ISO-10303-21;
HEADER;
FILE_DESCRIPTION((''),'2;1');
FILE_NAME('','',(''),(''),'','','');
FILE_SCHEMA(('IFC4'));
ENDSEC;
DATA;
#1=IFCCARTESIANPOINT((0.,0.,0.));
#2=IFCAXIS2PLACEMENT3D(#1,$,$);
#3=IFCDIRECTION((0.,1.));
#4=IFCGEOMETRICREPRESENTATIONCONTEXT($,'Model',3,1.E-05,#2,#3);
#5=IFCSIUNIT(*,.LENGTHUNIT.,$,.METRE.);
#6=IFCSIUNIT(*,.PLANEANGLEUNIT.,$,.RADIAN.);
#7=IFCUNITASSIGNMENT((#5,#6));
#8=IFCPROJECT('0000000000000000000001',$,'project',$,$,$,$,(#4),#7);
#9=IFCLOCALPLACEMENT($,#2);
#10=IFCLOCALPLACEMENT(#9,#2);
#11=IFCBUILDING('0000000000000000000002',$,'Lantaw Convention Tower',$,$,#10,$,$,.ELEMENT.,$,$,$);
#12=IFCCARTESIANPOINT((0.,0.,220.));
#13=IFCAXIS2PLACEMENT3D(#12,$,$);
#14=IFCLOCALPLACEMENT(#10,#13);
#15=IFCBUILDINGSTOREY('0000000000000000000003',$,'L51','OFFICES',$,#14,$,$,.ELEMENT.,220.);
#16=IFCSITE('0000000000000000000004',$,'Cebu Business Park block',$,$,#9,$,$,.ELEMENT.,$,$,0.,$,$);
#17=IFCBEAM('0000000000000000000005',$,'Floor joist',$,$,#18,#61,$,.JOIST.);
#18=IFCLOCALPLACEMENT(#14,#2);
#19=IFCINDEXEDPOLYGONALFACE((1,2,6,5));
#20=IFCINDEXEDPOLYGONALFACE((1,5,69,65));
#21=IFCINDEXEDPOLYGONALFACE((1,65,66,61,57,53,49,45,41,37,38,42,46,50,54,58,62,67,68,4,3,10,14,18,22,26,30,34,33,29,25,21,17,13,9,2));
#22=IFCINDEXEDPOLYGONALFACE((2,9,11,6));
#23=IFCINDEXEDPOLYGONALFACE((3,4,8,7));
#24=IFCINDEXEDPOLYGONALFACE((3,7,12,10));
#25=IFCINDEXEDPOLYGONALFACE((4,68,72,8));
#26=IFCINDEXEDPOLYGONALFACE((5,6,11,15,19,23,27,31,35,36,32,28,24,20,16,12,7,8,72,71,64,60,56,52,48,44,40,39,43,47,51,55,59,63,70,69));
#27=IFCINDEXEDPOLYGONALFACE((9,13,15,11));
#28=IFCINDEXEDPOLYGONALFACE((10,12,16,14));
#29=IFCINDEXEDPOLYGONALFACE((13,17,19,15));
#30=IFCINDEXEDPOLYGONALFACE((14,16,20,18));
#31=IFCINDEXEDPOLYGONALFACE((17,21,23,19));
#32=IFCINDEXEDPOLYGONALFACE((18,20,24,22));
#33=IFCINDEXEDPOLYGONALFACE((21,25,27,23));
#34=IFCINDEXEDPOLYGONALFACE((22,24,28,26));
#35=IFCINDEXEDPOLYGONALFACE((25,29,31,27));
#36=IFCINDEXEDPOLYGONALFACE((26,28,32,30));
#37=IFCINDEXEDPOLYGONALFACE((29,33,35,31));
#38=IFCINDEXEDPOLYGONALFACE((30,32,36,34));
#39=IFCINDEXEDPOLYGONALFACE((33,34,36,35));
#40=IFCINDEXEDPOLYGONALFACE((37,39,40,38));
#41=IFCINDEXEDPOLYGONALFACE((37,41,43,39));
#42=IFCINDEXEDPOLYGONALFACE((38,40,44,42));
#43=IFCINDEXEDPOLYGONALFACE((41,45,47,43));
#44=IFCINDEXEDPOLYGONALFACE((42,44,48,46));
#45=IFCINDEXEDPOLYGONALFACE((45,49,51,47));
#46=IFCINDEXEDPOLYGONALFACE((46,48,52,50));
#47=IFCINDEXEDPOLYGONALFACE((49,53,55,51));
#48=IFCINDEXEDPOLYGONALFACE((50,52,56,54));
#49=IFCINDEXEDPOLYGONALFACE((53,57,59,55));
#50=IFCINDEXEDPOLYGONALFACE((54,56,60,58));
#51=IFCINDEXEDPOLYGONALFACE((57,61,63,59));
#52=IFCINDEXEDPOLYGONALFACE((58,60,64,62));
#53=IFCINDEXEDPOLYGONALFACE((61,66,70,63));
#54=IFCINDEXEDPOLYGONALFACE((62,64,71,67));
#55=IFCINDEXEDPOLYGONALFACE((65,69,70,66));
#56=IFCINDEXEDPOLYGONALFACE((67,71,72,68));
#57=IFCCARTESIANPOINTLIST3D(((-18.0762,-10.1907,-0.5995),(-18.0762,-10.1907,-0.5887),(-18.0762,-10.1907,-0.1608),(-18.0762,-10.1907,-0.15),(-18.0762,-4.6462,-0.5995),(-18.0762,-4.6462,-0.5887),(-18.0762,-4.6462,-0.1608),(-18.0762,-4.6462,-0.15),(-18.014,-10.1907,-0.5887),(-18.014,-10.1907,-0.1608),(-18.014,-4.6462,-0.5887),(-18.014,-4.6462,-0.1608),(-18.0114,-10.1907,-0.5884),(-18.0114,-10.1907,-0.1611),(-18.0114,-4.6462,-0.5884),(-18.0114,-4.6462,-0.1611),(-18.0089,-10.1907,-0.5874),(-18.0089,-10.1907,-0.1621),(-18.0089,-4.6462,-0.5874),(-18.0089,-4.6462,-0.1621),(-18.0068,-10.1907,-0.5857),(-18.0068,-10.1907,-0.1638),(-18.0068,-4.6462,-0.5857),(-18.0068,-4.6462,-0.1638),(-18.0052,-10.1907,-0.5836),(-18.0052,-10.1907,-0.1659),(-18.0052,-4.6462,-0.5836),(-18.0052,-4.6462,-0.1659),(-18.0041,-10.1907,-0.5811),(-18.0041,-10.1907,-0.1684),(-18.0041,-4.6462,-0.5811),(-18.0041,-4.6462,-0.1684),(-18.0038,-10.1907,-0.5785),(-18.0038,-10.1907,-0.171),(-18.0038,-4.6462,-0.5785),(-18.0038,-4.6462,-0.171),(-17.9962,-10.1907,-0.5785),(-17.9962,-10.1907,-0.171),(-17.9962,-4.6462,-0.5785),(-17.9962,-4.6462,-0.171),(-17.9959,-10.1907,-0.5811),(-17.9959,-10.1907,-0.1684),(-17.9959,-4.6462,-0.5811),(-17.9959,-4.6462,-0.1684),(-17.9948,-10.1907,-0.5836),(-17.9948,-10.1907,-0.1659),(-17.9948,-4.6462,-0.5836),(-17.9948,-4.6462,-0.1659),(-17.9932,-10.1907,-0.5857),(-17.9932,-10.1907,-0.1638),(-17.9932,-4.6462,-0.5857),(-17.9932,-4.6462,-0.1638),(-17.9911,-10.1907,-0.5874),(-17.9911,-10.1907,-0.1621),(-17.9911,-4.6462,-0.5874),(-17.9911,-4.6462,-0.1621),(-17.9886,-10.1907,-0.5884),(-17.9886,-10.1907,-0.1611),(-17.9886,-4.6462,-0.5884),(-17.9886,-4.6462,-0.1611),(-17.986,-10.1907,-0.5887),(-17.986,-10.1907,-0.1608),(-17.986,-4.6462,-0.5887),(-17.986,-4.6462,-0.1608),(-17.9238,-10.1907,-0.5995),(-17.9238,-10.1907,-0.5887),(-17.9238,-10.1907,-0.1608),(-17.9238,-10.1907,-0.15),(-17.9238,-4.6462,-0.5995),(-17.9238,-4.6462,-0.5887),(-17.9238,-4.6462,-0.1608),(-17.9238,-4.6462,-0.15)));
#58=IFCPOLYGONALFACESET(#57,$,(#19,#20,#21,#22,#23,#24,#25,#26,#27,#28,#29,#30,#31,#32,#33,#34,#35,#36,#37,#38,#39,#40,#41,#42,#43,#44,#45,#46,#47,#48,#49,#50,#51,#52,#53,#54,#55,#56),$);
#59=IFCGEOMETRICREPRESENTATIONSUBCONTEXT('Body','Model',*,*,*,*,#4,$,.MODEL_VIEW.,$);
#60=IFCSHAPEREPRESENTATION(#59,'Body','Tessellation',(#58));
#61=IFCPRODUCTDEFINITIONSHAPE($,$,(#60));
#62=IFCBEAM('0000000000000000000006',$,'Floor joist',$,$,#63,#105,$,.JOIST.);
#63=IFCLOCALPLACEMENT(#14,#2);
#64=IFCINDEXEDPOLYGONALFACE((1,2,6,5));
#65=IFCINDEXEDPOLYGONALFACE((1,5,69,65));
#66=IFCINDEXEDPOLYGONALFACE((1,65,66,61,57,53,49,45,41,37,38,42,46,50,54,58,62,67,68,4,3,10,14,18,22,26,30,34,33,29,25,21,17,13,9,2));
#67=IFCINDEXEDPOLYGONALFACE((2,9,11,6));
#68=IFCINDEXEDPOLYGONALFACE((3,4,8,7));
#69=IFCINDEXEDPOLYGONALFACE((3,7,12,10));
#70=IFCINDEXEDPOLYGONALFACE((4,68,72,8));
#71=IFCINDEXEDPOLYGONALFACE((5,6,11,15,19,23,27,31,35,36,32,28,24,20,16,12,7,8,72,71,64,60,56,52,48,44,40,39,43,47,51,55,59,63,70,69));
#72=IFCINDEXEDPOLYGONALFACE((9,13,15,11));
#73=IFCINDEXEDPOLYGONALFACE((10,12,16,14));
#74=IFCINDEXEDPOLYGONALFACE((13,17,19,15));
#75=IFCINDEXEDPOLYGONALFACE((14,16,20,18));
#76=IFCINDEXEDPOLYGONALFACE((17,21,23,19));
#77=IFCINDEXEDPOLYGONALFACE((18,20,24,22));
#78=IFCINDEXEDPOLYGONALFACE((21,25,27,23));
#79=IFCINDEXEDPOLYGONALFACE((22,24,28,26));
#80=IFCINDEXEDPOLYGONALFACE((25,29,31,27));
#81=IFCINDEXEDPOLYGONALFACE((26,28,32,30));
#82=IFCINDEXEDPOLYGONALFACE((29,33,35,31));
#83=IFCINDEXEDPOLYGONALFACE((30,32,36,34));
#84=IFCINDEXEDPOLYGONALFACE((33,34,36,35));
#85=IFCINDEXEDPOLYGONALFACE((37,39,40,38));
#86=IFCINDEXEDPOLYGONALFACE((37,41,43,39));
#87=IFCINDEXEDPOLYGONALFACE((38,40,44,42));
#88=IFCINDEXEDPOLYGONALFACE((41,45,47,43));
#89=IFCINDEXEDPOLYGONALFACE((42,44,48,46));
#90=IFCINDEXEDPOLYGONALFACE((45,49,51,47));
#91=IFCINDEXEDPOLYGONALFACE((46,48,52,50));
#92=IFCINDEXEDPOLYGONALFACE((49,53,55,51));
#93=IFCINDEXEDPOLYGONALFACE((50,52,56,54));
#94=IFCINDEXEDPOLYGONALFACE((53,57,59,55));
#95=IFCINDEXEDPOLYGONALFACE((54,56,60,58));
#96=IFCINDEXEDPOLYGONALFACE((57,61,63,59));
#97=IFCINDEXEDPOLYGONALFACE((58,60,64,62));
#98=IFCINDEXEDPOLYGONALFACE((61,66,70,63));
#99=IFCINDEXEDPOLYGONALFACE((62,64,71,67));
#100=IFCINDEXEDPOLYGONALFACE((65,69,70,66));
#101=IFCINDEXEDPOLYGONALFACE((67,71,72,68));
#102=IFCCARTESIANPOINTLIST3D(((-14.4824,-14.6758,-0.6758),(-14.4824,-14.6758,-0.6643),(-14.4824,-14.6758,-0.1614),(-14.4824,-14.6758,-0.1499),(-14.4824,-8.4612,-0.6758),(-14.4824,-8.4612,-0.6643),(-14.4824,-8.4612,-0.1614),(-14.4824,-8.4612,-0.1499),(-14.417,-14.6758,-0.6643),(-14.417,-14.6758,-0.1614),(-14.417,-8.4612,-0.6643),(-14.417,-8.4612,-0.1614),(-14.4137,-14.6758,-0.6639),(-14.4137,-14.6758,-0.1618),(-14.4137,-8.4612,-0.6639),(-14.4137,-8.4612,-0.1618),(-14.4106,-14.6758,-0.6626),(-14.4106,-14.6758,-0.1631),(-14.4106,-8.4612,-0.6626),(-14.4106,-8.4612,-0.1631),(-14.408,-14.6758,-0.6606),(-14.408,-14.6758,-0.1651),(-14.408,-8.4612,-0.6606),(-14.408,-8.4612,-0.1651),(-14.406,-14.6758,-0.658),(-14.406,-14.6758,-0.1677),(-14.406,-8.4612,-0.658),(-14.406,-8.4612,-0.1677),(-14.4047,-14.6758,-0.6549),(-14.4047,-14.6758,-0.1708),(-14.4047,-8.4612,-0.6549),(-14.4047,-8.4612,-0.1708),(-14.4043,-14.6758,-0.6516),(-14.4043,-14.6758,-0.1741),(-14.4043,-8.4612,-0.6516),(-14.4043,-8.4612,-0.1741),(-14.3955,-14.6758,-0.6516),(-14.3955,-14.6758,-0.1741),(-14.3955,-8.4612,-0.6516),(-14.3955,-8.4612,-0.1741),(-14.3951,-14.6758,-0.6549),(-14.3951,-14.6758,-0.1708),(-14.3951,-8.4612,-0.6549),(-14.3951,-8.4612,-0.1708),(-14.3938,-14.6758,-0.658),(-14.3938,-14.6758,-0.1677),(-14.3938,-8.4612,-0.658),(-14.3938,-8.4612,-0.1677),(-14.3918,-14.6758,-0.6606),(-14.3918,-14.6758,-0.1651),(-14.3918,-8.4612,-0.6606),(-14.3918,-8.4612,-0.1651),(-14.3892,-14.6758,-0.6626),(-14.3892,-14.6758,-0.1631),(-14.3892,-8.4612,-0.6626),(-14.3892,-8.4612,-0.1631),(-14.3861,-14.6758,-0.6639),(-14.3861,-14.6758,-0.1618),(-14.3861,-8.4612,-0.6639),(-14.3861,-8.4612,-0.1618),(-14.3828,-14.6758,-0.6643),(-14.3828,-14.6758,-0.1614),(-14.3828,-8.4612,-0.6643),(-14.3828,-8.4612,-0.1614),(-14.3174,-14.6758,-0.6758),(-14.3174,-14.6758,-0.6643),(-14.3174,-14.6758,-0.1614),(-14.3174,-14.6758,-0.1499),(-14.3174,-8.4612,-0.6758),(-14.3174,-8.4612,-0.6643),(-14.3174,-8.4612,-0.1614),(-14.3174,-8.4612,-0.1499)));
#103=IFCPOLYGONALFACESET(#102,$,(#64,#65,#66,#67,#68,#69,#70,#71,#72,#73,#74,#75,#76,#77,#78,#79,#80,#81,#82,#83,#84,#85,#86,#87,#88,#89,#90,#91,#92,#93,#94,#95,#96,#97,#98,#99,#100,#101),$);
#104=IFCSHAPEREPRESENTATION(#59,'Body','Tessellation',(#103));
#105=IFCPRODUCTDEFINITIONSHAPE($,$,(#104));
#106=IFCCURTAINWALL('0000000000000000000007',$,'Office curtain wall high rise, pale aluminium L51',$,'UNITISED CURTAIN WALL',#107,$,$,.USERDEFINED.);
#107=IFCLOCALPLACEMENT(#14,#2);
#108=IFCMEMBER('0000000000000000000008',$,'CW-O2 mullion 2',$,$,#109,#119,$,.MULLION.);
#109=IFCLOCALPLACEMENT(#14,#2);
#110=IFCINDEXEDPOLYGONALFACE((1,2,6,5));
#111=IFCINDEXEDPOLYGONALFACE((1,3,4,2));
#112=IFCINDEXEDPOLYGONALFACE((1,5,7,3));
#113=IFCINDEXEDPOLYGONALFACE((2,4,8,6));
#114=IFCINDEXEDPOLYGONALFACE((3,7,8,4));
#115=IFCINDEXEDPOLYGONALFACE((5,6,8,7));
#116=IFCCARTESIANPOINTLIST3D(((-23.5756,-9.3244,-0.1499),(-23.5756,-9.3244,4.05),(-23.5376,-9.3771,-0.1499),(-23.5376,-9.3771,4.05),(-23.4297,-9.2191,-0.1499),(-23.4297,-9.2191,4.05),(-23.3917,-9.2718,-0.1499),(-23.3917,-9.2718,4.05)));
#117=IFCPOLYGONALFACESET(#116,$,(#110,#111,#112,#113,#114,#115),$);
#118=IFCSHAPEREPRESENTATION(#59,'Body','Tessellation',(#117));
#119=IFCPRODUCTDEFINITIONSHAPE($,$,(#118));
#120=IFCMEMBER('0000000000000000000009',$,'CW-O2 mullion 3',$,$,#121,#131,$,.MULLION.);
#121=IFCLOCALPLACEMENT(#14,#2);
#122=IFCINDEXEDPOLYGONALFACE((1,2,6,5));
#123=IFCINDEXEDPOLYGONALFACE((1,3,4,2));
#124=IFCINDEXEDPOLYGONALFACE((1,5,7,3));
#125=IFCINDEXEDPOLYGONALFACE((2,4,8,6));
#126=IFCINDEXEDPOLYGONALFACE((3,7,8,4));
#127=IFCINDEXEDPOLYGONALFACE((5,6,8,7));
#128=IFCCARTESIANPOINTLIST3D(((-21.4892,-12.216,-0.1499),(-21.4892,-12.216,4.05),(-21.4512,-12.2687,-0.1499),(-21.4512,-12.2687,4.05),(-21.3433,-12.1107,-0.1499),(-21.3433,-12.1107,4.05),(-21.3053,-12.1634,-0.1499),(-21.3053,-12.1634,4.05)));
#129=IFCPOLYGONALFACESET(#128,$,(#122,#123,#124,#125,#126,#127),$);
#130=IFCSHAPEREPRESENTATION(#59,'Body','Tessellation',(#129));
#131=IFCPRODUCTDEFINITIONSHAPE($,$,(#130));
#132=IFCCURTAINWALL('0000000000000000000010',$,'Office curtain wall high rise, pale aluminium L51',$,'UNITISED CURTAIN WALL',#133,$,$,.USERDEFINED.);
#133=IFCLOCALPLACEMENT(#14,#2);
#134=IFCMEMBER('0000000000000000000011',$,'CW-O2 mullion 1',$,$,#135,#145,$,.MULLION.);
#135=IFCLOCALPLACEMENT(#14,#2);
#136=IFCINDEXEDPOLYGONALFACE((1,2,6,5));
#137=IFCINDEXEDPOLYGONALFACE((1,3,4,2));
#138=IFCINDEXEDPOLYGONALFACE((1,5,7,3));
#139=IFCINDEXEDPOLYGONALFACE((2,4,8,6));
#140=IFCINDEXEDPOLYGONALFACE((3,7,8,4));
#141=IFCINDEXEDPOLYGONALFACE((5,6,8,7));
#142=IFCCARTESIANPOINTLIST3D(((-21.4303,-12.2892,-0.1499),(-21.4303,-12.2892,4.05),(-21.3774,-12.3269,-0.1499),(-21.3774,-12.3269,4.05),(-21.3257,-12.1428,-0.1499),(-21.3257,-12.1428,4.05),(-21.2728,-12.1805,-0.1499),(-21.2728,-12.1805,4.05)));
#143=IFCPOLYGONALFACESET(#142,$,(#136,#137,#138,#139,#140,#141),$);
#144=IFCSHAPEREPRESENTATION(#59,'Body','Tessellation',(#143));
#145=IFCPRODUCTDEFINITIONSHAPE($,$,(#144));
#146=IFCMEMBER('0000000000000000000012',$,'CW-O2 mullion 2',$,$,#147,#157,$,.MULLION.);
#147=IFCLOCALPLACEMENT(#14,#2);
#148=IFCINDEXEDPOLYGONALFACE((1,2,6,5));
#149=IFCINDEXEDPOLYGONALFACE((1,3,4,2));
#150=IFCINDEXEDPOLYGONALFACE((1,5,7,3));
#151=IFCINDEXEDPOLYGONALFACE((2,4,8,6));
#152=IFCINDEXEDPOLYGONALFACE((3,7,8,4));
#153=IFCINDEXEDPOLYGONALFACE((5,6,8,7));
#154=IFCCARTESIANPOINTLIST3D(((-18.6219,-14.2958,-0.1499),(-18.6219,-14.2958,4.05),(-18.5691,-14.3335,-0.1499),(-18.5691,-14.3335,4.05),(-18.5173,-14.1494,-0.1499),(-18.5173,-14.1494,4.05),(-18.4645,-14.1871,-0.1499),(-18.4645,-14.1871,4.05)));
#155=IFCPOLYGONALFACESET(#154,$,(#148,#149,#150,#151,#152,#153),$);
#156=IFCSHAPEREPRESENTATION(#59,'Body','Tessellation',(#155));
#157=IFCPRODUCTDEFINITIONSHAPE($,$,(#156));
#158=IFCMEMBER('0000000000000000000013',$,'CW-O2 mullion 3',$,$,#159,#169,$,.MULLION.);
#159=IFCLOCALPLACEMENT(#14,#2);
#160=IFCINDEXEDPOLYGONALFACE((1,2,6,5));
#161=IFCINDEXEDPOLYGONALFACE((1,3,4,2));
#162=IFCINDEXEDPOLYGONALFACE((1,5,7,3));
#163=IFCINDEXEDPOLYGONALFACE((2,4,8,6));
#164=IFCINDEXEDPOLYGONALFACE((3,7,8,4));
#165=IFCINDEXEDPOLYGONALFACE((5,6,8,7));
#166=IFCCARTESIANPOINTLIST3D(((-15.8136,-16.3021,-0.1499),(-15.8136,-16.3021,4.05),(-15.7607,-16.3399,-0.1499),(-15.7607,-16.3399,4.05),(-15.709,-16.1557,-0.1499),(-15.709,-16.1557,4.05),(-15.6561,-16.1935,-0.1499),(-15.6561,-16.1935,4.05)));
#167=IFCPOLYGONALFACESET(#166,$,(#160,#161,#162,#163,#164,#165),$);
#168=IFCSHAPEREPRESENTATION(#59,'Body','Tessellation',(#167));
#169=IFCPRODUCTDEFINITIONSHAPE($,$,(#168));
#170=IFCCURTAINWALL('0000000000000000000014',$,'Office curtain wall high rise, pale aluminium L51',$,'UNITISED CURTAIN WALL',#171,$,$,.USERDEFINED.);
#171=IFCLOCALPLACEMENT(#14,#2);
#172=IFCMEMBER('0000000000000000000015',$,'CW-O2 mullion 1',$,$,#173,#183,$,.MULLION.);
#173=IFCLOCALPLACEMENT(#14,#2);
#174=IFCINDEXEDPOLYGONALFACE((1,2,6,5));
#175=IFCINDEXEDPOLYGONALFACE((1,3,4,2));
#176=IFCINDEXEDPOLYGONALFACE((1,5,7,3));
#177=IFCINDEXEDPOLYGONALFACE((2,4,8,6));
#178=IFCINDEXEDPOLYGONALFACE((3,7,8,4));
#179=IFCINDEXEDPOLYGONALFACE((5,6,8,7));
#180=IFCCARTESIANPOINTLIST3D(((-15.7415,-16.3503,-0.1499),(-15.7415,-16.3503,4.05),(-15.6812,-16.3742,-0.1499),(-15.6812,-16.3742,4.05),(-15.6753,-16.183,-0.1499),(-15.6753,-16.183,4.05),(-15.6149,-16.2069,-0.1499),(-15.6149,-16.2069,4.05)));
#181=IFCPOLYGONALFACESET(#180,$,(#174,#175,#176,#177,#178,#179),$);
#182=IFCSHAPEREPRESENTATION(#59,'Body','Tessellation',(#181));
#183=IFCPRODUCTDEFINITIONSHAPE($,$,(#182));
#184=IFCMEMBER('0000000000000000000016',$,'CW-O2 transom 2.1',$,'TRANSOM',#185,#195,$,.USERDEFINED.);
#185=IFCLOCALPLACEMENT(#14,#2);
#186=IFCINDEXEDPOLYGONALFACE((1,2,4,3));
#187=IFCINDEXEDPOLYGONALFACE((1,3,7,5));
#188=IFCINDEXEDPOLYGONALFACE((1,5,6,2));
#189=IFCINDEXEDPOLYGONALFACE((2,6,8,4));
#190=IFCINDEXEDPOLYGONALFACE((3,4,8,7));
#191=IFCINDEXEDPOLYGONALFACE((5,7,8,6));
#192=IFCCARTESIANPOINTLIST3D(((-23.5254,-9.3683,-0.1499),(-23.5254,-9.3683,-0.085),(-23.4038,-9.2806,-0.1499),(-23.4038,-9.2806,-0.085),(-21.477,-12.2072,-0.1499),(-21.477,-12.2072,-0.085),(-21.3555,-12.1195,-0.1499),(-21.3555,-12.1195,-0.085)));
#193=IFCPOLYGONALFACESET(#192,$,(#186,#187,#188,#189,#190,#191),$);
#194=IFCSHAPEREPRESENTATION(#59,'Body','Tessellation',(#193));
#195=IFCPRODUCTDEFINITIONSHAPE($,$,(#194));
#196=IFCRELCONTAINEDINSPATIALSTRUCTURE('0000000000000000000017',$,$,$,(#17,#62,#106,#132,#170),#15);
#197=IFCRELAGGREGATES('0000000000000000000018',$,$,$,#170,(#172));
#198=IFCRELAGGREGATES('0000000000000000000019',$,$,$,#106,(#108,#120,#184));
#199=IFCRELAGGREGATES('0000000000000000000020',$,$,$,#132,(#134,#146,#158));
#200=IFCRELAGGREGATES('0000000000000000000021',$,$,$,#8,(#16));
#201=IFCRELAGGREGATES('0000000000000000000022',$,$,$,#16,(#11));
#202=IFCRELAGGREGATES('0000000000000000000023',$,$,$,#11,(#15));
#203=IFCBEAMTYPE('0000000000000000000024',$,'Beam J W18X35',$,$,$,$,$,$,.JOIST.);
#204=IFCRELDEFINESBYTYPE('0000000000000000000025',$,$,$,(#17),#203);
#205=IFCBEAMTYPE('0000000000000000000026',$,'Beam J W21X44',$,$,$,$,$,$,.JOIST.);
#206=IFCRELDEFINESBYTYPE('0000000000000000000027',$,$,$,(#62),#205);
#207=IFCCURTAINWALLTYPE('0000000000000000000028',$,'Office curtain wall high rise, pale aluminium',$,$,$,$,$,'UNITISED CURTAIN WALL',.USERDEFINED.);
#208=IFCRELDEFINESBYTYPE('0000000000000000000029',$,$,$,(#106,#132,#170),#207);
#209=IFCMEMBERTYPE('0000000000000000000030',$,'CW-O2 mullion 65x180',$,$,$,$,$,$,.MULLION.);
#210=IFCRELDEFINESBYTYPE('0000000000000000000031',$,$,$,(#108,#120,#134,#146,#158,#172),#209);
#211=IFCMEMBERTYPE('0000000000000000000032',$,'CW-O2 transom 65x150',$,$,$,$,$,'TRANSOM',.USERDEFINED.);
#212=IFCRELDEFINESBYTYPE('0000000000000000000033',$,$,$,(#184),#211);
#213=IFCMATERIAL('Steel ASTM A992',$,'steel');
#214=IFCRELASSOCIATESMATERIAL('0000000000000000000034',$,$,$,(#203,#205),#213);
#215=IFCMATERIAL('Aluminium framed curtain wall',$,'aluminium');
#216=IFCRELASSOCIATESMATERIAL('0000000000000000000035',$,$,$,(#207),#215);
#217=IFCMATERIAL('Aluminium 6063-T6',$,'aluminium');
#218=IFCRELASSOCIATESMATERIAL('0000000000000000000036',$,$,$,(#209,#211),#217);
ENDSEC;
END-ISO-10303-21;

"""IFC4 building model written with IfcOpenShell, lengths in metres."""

from ifc_helpers import new_model, si_unit, direction, frame, origin, origin_2d, place, context, subcontext, project, spatial, rectangle, i_section, extrude, material, material_profile, profile_set, type_object, element, aggregate, save


model = new_model("IFC4")

# Units and contexts
model_context = context("Model", 3, precision=1e-05, world=origin(), true_north=direction((0.0, 1.0)))
body_context = subcontext(model_context, "Body", "Model", "MODEL_VIEW")
ifc_project = project(units=[si_unit("LENGTHUNIT", "METRE"), si_unit("PLANEANGLEUNIT", "RADIAN")], contexts=[model_context])

# Site, building, storey
site_placement = place(None, origin())
site = spatial("IfcSite", under=ifc_project, at=site_placement, Name="Cebu Business Park block", CompositionType="ELEMENT", RefElevation=0.0)
building_placement = place(site_placement, origin())
building = spatial("IfcBuilding", under=site, at=building_placement, Name="Lantaw Convention Tower", CompositionType="ELEMENT")
storey_placement = place(building_placement, frame((0.0, 0.0, 220.0)))
storey = spatial("IfcBuildingStorey", under=building, at=storey_placement, Name="L51", Description="OFFICES", CompositionType="ELEMENT", Elevation=220.0)

# Beams
ifc_material_1 = material(Name="Steel ASTM A992", Category="steel")
ifc_material_profile_1 = material_profile(ifc_material_1, i_section(OverallWidth=0.1523, OverallDepth=0.4495, WebThickness=0.0076, FlangeThickness=0.0107, FilletRadius=0.0103, at=origin_2d()), Name="W18X35")
ifc_profile_set_1 = profile_set([ifc_material_profile_1], Name="Steel ASTM A992")
beam_type_1 = type_object("IfcBeamType", Name="Beam J W18X35", PredefinedType="JOIST", material=ifc_profile_set_1)
beam_1_placement = place(storey_placement, frame((-18.0, -10.1907, -0.3748), z_axis=(0.0, 1.0, 0.0), x_axis=(-1.0, 0.0, 0.0)))
element("IfcBeam", 1, at=beam_1_placement, inside=storey, type_object=beam_type_1, Name="Floor joist", PredefinedType="JOIST", context=body_context, shape_type="SweptSolid", body=[
    extrude(i_section(OverallWidth=0.1523, OverallDepth=0.4495, WebThickness=0.0076, FlangeThickness=0.0107, FilletRadius=0.0103, at=origin_2d()), origin(), (0.0, 0.0, 1.0), 5.5444),
])
ifc_material_profile_2 = material_profile(ifc_material_1, i_section(OverallWidth=0.165, OverallDepth=0.5259, WebThickness=0.0088, FlangeThickness=0.0115, FilletRadius=0.0127, at=origin_2d()), Name="W21X44")
ifc_profile_set_2 = profile_set([ifc_material_profile_2], Name="Steel ASTM A992")
beam_type_2 = type_object("IfcBeamType", Name="Beam J W21X44", PredefinedType="JOIST", material=ifc_profile_set_2)
beam_2_placement = place(storey_placement, frame((-14.3999, -14.6758, -0.4128), z_axis=(0.0, 1.0, 0.0), x_axis=(-1.0, 0.0, 0.0)))
element("IfcBeam", 2, at=beam_2_placement, inside=storey, type_object=beam_type_2, Name="Floor joist", PredefinedType="JOIST", context=body_context, shape_type="SweptSolid", body=[
    extrude(i_section(OverallWidth=0.165, OverallDepth=0.5259, WebThickness=0.0088, FlangeThickness=0.0115, FilletRadius=0.0127, at=origin_2d()), origin(), (0.0, 0.0, 1.0), 6.2146),
])

# Curtain walls, members
ifc_material_2 = material(Name="Aluminium framed curtain wall", Category="aluminium")
curtain_wall_type = type_object("IfcCurtainWallType", Name="Office curtain wall high rise, pale aluminium", ElementType="UNITISED CURTAIN WALL", PredefinedType="USERDEFINED", material=ifc_material_2)
curtain_wall_1_placement = place(storey_placement, origin())
curtain_wall_1 = element("IfcCurtainWall", 3, at=curtain_wall_1_placement, inside=storey, type_object=curtain_wall_type, Name="Office curtain wall high rise, pale aluminium L51", ObjectType="UNITISED CURTAIN WALL", PredefinedType="USERDEFINED")
ifc_material_3 = material(Name="Aluminium 6063-T6", Category="aluminium")
ifc_material_profile_3 = material_profile(ifc_material_3, rectangle(XDim=0.1799, YDim=0.0649, at=origin_2d()), Name="CW-O2 mullion 65x180")
ifc_profile_set_3 = profile_set([ifc_material_profile_3], Name="Aluminium 6063-T6")
member_type_1 = type_object("IfcMemberType", Name="CW-O2 mullion 65x180", PredefinedType="MULLION", material=ifc_profile_set_3)
member_1_placement = place(storey_placement, frame((-23.4836, -9.2981, -0.1499), z_axis=(0.0, 0.0, 1.0), x_axis=(0.81092, 0.585158, 0.0)))
member_1 = element("IfcMember", 4, at=member_1_placement, type_object=member_type_1, Name="CW-O2 mullion 2", PredefinedType="MULLION", context=body_context, shape_type="SweptSolid", body=[
    extrude(rectangle(XDim=0.1799, YDim=0.0649, at=origin_2d()), origin(), (0.0, 0.0, 1.0), 4.2),
])
member_2_placement = place(storey_placement, frame((-21.3972, -12.1897, -0.1499), z_axis=(0.0, 0.0, 1.0), x_axis=(0.81092, 0.585158, 0.0)))
member_2 = element("IfcMember", 5, at=member_2_placement, type_object=member_type_1, Name="CW-O2 mullion 3", PredefinedType="MULLION", context=body_context, shape_type="SweptSolid", body=[
    extrude(rectangle(XDim=0.1799, YDim=0.0649, at=origin_2d()), origin(), (0.0, 0.0, 1.0), 4.2),
])
curtain_wall_2_placement = place(storey_placement, origin())
curtain_wall_2 = element("IfcCurtainWall", 6, at=curtain_wall_2_placement, inside=storey, type_object=curtain_wall_type, Name="Office curtain wall high rise, pale aluminium L51", ObjectType="UNITISED CURTAIN WALL", PredefinedType="USERDEFINED")
member_3_placement = place(storey_placement, frame((-21.3516, -12.2349, -0.1499), z_axis=(0.0, 0.0, 1.0), x_axis=(0.581323, 0.813673, 0.0)))
member_3 = element("IfcMember", 7, at=member_3_placement, type_object=member_type_1, Name="CW-O2 mullion 1", PredefinedType="MULLION", context=body_context, shape_type="SweptSolid", body=[
    extrude(rectangle(XDim=0.1799, YDim=0.0649, at=origin_2d()), origin(), (0.0, 0.0, 1.0), 4.2),
])
member_4_placement = place(storey_placement, frame((-18.5432, -14.2415, -0.1499), z_axis=(0.0, 0.0, 1.0), x_axis=(0.581323, 0.813673, 0.0)))
member_4 = element("IfcMember", 8, at=member_4_placement, type_object=member_type_1, Name="CW-O2 mullion 2", PredefinedType="MULLION", context=body_context, shape_type="SweptSolid", body=[
    extrude(rectangle(XDim=0.1799, YDim=0.0649, at=origin_2d()), origin(), (0.0, 0.0, 1.0), 4.2),
])
member_5_placement = place(storey_placement, frame((-15.7349, -16.2478, -0.1499), z_axis=(0.0, 0.0, 1.0), x_axis=(0.581323, 0.813673, 0.0)))
member_5 = element("IfcMember", 9, at=member_5_placement, type_object=member_type_1, Name="CW-O2 mullion 3", PredefinedType="MULLION", context=body_context, shape_type="SweptSolid", body=[
    extrude(rectangle(XDim=0.1799, YDim=0.0649, at=origin_2d()), origin(), (0.0, 0.0, 1.0), 4.2),
])

# Curtain wall, member
curtain_wall_3_placement = place(storey_placement, origin())
curtain_wall_3 = element("IfcCurtainWall", 10, at=curtain_wall_3_placement, inside=storey, type_object=curtain_wall_type, Name="Office curtain wall high rise, pale aluminium L51", ObjectType="UNITISED CURTAIN WALL", PredefinedType="USERDEFINED")
member_6_placement = place(storey_placement, frame((-15.6782, -16.2786, -0.1499), z_axis=(0.0, 0.0, 1.0), x_axis=(0.368162, 0.929762, 0.0)))
member_6 = element("IfcMember", 11, at=member_6_placement, type_object=member_type_1, Name="CW-O2 mullion 1", PredefinedType="MULLION", context=body_context, shape_type="SweptSolid", body=[
    extrude(rectangle(XDim=0.1799, YDim=0.0649, at=origin_2d()), origin(), (0.0, 0.0, 1.0), 4.2),
])

# Member
ifc_material_profile_4 = material_profile(ifc_material_3, rectangle(XDim=0.1499, YDim=0.0649, at=origin_2d()), Name="CW-O2 transom 65x150")
ifc_profile_set_4 = profile_set([ifc_material_profile_4], Name="Aluminium 6063-T6")
member_type_2 = type_object("IfcMemberType", Name="CW-O2 transom 65x150", ElementType="TRANSOM", PredefinedType="USERDEFINED", material=ifc_profile_set_4)
member_7_placement = place(storey_placement, frame((-23.4646, -9.3245, -0.1174), z_axis=(0.585124, -0.810944, 0.0), x_axis=(0.810944, 0.585124, 0.0)))
member_7 = element("IfcMember", 12, at=member_7_placement, type_object=member_type_2, Name="CW-O2 transom 2.1", ObjectType="TRANSOM", PredefinedType="USERDEFINED", context=body_context, shape_type="SweptSolid", body=[
    extrude(rectangle(XDim=0.1499, YDim=0.0649, at=origin_2d()), origin(), (0.0, 0.0, 1.0), 3.5007),
])
aggregate(curtain_wall_3, [member_6])

aggregate(curtain_wall_1, [member_1, member_2, member_7])
aggregate(curtain_wall_2, [member_3, member_4, member_5])

save(model, "model.ifc")
